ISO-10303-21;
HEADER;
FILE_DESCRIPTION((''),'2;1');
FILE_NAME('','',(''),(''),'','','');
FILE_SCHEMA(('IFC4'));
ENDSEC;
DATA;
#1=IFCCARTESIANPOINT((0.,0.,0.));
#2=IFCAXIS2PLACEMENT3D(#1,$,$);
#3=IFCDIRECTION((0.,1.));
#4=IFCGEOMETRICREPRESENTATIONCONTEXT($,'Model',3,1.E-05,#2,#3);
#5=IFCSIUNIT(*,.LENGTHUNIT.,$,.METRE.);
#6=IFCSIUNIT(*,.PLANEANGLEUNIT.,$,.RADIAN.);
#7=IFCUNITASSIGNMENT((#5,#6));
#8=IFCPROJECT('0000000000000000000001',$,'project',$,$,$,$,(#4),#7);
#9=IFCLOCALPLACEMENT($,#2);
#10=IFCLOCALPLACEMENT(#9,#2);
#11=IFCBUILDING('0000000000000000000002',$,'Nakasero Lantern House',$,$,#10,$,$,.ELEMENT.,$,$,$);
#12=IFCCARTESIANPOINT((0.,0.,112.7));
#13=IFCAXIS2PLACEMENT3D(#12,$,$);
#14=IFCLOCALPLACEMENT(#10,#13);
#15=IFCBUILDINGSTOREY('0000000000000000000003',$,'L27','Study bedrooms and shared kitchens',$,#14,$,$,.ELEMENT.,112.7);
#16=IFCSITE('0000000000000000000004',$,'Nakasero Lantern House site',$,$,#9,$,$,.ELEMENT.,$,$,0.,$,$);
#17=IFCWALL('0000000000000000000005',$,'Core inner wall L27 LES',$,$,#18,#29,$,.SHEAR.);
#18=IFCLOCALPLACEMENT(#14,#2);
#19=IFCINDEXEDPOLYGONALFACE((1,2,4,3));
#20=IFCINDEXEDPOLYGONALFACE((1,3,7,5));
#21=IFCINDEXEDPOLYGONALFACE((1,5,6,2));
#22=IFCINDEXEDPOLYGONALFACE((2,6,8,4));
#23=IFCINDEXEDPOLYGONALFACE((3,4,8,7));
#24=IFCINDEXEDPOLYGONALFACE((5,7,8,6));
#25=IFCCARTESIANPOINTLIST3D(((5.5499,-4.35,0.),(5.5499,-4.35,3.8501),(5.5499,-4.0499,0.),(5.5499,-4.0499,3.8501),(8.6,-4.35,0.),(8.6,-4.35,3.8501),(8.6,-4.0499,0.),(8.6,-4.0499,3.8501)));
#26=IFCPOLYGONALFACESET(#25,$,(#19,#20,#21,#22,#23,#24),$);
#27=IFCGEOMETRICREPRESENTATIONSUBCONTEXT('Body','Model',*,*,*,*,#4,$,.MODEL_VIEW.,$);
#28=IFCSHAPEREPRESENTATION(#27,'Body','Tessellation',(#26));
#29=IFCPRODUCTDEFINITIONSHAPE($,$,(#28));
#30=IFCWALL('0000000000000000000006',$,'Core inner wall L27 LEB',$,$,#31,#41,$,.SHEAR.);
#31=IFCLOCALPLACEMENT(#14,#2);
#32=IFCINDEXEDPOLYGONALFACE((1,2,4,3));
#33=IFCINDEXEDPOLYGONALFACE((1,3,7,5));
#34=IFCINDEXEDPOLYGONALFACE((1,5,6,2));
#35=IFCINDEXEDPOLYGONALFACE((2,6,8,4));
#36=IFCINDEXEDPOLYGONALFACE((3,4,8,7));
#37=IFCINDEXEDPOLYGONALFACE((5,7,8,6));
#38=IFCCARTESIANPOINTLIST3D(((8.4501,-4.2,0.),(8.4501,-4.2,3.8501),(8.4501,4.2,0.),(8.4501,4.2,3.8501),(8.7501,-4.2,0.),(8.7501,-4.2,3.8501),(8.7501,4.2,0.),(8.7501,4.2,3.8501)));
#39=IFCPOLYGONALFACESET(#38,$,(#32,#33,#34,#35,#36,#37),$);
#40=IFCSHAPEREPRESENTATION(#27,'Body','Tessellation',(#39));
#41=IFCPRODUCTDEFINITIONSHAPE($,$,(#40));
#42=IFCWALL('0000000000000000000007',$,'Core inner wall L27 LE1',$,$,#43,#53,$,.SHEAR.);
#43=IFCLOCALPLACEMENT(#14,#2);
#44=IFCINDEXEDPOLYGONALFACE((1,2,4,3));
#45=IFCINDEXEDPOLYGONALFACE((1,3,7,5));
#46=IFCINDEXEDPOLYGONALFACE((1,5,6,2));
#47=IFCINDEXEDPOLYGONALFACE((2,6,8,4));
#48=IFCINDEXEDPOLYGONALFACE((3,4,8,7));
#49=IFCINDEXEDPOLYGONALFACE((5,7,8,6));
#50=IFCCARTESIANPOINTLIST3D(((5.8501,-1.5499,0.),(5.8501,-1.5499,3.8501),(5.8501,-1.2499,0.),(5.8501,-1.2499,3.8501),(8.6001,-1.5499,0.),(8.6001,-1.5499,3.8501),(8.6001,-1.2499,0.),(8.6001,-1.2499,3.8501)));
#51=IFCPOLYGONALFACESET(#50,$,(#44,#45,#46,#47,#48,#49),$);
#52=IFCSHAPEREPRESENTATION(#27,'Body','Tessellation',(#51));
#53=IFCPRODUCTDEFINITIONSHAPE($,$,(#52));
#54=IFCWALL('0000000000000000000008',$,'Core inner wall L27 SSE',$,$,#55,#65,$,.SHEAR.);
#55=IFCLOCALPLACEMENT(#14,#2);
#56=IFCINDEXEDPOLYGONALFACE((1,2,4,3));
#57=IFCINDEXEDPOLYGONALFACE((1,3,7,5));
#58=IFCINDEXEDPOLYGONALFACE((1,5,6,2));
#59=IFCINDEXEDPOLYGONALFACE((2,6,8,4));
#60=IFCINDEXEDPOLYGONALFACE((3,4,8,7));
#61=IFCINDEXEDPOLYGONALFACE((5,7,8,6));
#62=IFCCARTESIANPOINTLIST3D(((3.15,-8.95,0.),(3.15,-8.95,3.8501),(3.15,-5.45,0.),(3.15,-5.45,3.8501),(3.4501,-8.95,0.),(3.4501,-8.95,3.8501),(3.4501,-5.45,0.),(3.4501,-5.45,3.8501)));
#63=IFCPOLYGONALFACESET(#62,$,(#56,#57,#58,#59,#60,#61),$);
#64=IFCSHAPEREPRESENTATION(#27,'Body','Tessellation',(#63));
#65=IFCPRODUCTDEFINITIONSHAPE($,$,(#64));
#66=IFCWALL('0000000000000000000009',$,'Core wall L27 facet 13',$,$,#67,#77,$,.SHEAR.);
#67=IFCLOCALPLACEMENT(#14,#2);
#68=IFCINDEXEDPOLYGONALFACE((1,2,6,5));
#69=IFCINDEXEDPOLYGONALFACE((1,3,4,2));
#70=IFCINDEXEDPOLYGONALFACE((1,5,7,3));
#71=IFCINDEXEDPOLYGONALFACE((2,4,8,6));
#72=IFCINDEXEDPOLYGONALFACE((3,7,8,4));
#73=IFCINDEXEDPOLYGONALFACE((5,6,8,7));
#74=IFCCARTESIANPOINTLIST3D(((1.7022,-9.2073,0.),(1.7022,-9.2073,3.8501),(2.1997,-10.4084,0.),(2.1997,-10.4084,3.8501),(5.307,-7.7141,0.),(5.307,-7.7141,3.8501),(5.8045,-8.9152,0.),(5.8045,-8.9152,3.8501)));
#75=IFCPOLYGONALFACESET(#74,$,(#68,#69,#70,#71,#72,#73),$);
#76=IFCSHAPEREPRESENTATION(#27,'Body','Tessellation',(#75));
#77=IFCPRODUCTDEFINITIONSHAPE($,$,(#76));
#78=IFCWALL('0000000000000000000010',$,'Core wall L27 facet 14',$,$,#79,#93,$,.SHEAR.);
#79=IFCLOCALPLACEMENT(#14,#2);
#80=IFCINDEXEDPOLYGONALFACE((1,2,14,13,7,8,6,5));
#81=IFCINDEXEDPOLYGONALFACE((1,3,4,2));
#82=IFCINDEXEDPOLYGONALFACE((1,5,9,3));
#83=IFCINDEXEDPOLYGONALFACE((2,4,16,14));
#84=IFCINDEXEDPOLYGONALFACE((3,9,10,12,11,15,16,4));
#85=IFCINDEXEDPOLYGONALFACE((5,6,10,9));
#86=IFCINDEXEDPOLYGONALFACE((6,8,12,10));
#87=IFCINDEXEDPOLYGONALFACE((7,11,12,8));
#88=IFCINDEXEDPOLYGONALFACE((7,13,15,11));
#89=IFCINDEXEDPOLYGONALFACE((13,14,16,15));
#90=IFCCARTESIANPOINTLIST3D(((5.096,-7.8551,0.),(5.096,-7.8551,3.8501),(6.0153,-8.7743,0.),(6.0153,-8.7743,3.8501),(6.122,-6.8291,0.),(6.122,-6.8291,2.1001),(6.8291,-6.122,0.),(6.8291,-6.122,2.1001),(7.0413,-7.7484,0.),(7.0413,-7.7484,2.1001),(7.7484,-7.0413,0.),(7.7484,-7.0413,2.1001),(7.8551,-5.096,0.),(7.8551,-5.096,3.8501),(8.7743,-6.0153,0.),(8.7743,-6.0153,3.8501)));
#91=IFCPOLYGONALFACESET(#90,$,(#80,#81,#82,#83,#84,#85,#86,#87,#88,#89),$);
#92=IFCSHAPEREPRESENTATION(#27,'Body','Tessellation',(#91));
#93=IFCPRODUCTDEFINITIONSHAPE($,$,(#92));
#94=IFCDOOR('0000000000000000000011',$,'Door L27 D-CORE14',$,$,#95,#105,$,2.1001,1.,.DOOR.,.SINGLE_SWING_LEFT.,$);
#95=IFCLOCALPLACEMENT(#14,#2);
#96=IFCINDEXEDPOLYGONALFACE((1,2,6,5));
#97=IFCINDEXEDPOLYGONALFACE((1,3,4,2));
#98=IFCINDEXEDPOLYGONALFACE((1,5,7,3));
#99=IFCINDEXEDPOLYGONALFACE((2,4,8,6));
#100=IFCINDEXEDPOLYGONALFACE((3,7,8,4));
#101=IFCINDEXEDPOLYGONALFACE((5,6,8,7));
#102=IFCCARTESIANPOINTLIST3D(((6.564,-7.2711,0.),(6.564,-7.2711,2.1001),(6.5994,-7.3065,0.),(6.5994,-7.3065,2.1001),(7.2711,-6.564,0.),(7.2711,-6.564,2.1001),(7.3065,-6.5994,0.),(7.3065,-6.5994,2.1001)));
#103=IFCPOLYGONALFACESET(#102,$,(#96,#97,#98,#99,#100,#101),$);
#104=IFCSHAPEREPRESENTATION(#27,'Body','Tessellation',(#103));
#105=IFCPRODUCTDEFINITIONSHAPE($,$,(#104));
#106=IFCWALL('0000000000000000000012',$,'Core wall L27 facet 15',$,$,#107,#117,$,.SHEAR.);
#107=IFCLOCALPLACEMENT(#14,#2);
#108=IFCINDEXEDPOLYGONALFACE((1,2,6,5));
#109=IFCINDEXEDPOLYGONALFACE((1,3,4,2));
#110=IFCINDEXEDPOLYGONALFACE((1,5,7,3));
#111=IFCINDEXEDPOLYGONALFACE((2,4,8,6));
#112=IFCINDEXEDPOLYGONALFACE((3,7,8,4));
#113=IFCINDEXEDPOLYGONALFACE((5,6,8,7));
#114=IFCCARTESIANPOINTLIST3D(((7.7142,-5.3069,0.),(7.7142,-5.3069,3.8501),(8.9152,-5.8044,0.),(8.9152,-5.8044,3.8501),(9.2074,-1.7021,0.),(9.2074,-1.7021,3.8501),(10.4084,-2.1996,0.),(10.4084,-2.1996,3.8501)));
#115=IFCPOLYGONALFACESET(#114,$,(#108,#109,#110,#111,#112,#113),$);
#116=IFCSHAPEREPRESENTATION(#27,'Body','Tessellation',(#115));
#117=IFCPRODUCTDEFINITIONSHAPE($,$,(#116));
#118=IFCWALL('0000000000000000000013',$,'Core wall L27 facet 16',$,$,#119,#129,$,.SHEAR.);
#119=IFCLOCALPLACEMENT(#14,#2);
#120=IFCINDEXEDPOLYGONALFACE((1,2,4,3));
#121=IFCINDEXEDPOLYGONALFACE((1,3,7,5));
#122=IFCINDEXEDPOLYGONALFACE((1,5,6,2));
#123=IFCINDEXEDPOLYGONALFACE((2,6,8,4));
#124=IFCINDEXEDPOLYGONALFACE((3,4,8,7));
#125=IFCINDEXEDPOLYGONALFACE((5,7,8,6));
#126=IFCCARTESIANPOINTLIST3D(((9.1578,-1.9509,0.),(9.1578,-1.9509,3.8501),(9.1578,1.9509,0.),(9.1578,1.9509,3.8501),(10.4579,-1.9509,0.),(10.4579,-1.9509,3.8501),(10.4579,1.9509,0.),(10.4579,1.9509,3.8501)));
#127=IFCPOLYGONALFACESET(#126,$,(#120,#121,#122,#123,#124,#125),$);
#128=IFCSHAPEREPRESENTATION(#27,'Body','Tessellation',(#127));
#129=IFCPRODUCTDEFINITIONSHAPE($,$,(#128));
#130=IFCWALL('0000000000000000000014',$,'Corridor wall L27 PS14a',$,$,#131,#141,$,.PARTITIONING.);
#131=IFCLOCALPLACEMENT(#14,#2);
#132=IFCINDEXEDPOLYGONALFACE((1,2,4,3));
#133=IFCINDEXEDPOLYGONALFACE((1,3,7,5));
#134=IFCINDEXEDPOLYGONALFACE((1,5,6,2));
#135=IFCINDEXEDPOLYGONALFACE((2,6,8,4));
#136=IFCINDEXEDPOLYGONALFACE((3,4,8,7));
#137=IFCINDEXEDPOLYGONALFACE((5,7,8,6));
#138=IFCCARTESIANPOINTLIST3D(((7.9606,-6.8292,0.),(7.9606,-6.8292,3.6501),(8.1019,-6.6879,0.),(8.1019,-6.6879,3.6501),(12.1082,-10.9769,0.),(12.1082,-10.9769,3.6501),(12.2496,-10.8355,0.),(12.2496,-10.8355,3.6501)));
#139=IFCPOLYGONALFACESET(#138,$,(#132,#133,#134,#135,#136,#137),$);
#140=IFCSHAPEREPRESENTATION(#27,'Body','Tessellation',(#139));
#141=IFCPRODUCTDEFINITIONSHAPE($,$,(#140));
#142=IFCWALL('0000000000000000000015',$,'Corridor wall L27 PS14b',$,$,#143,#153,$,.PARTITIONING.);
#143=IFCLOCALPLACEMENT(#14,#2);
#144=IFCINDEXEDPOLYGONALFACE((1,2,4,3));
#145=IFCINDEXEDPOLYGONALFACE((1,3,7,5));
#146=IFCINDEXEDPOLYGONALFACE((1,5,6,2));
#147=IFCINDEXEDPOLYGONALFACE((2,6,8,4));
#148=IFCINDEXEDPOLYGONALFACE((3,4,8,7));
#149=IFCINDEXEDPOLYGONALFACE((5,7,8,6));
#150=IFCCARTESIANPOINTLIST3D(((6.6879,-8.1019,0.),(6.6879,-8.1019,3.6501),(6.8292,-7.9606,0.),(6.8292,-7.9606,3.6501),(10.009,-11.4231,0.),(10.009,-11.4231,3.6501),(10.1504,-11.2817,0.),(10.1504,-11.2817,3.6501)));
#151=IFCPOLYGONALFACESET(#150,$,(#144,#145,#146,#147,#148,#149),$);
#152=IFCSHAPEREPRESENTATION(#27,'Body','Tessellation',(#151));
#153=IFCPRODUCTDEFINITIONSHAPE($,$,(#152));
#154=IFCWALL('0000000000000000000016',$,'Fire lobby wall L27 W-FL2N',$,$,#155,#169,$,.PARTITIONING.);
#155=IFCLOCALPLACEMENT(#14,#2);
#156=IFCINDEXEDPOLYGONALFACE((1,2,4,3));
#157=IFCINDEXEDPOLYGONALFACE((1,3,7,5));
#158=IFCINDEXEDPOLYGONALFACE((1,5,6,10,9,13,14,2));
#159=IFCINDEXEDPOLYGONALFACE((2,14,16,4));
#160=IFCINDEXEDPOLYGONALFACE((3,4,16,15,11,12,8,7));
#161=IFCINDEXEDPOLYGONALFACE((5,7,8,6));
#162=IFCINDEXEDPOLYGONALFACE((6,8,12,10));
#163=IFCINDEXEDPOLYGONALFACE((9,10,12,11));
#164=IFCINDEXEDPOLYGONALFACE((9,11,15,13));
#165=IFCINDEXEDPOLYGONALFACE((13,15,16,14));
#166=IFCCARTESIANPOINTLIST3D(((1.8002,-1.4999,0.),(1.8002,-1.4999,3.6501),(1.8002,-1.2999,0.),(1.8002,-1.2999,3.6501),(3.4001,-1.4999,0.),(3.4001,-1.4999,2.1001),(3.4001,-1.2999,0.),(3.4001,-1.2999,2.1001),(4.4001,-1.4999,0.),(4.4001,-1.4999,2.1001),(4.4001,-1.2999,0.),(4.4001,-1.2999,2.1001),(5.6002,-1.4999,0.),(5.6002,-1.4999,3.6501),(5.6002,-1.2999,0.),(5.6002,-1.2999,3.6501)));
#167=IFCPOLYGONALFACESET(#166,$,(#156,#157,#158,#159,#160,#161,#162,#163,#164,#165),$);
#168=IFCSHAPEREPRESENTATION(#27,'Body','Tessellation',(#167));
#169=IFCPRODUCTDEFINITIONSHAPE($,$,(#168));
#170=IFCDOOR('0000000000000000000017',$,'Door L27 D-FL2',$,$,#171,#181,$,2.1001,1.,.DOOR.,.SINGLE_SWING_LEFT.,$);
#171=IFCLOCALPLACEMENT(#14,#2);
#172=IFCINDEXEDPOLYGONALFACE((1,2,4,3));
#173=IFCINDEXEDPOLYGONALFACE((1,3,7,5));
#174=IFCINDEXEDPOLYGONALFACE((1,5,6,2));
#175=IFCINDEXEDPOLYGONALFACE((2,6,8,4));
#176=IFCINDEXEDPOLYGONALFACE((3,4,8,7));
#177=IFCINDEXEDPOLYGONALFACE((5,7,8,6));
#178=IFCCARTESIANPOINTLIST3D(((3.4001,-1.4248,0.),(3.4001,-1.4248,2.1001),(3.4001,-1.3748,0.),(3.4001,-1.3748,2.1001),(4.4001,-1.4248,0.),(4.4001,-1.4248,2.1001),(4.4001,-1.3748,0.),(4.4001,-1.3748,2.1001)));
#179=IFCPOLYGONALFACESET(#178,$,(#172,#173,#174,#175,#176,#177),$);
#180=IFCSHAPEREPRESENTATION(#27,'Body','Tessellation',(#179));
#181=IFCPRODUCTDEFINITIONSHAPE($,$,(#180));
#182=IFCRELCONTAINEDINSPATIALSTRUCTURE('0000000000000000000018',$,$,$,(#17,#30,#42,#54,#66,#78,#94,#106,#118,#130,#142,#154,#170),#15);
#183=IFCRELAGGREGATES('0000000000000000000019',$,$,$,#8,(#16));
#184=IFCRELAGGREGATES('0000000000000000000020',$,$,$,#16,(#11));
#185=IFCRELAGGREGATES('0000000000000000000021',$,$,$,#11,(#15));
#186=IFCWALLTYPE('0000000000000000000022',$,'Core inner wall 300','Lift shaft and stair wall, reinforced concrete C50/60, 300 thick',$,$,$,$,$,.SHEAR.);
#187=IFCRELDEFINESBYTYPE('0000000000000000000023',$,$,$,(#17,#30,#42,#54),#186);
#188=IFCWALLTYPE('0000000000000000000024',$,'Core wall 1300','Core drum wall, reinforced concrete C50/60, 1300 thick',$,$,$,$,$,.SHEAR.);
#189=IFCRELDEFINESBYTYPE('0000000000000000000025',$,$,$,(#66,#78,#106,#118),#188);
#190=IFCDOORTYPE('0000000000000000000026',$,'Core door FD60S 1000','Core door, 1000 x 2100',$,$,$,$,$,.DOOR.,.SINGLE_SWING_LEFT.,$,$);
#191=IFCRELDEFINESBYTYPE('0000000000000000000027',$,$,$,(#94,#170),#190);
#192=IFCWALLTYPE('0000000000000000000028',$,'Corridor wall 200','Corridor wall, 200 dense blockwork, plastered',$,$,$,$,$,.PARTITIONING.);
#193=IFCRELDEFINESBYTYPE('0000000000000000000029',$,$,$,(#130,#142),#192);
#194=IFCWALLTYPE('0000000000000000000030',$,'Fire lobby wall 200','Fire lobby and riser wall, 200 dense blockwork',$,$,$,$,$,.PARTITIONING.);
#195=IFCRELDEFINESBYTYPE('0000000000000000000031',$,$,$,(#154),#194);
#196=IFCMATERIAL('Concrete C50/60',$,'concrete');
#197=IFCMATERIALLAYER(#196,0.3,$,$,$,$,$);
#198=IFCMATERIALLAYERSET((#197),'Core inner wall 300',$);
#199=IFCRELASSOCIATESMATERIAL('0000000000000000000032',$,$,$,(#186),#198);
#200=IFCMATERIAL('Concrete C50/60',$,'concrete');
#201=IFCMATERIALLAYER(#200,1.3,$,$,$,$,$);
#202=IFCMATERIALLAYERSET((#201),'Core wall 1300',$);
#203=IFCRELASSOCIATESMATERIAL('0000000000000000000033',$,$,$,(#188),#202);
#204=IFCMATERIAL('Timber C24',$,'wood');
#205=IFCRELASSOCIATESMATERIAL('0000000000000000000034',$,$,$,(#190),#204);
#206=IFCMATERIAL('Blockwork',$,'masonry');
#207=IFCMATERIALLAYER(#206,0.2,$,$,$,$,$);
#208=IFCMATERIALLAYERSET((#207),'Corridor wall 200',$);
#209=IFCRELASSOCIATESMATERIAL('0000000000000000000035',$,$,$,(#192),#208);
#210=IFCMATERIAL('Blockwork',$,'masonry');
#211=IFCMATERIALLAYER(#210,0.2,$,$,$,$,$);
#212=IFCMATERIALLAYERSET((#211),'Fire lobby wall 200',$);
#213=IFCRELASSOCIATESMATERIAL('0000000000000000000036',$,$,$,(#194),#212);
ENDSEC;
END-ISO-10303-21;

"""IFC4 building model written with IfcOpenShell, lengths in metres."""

from ifc_helpers import new_model, si_unit, direction, frame, frame_2d, origin, place, context, subcontext, project, spatial, rectangle, extrude, material, layer, layer_set, type_object, element, fill, save


model = new_model("IFC4")

# Units and contexts
model_context = context("Model", 3, precision=1e-05, world=origin(), true_north=direction((0.0, 1.0)))
body_context = subcontext(model_context, "Body", "Model", "MODEL_VIEW")
ifc_project = project(units=[si_unit("LENGTHUNIT", "METRE"), si_unit("PLANEANGLEUNIT", "RADIAN")], contexts=[model_context])

# Site, building, storey
site_placement = place(None, origin())
site = spatial("IfcSite", under=ifc_project, at=site_placement, Name="Nakasero Lantern House site", CompositionType="ELEMENT", RefElevation=0.0)
building_placement = place(site_placement, origin())
building = spatial("IfcBuilding", under=site, at=building_placement, Name="Nakasero Lantern House", CompositionType="ELEMENT")
storey_placement = place(building_placement, frame((0.0, 0.0, 112.7)))
storey = spatial("IfcBuildingStorey", under=building, at=storey_placement, Name="L27", Description="Study bedrooms and shared kitchens", CompositionType="ELEMENT", Elevation=112.7)

# Shared definitions
ifc_material_1 = material(Name="Concrete C50/60", Category="concrete")
ifc_layer_1 = layer(ifc_material_1, 0.3)
ifc_layer_set_1 = layer_set([ifc_layer_1], Name="Core inner wall 300")
wall_type_1 = type_object("IfcWallType", Name="Core inner wall 300", Description="Lift shaft and stair wall, reinforced concrete C50/60, 300 thick", PredefinedType="SHEAR", material=ifc_layer_set_1)

# Walls
wall_1_placement = place(storey_placement, frame((5.55, -4.2, 0.0), z_axis=(0.0, 0.0, 1.0), x_axis=(1.0, 0.0, 0.0)))
element("IfcWall", 1, at=wall_1_placement, inside=storey, type_object=wall_type_1, Name="Core inner wall L27 LES", PredefinedType="SHEAR", context=body_context, shape_type="SweptSolid", body=[
    extrude(rectangle(XDim=3.05, YDim=0.3, at=frame_2d((1.5249, 0.0))), origin(), (0.0, 0.0, 1.0), 3.8501),
])
wall_2_placement = place(storey_placement, frame((8.6001, -4.2, 0.0), z_axis=(0.0, 0.0, 1.0), x_axis=(0.0, 1.0, 0.0)))
element("IfcWall", 2, at=wall_2_placement, inside=storey, type_object=wall_type_1, Name="Core inner wall L27 LEB", PredefinedType="SHEAR", context=body_context, shape_type="SweptSolid", body=[
    extrude(rectangle(XDim=8.3999, YDim=0.3, at=frame_2d((4.2, 0.0))), origin(), (0.0, 0.0, 1.0), 3.8501),
])
wall_3_placement = place(storey_placement, frame((5.8501, -1.3999, 0.0), z_axis=(0.0, 0.0, 1.0), x_axis=(1.0, 0.0, 0.0)))
element("IfcWall", 3, at=wall_3_placement, inside=storey, type_object=wall_type_1, Name="Core inner wall L27 LE1", PredefinedType="SHEAR", context=body_context, shape_type="SweptSolid", body=[
    extrude(rectangle(XDim=2.75, YDim=0.3, at=frame_2d((1.375, 0.0))), origin(), (0.0, 0.0, 1.0), 3.8501),
])
wall_4_placement = place(storey_placement, frame((3.3, -5.45, 0.0), z_axis=(0.0, 0.0, 1.0), x_axis=(0.0, -1.0, 0.0)))
element("IfcWall", 4, at=wall_4_placement, inside=storey, type_object=wall_type_1, Name="Core inner wall L27 SSE", PredefinedType="SHEAR", context=body_context, shape_type="SweptSolid", body=[
    extrude(rectangle(XDim=3.5, YDim=0.3, at=frame_2d((1.75, 0.0))), origin(), (0.0, 0.0, 1.0), 3.8501),
])
ifc_material_2 = material(Name="Concrete C50/60", Category="concrete")
ifc_layer_2 = layer(ifc_material_2, 1.3)
ifc_layer_set_2 = layer_set([ifc_layer_2], Name="Core wall 1300")
wall_type_2 = type_object("IfcWallType", Name="Core wall 1300", Description="Core drum wall, reinforced concrete C50/60, 1300 thick", PredefinedType="SHEAR", material=ifc_layer_set_2)
wall_5_placement = place(storey_placement, frame((1.9509, -9.8079, 0.0), z_axis=(0.0, 0.0, 1.0), x_axis=(0.923877, 0.382691, 0.0)))
element("IfcWall", 5, at=wall_5_placement, inside=storey, type_object=wall_type_2, Name="Core wall L27 facet 13", PredefinedType="SHEAR", context=body_context, shape_type="SweptSolid", body=[
    extrude(rectangle(XDim=3.9019, YDim=1.3, at=frame_2d((1.9509, 0.0))), origin(), (0.0, 0.0, 1.0), 3.8501),
])

# Wall, opening, door
wall_6_placement = place(storey_placement, frame((5.5557, -8.3147, 0.0), z_axis=(0.0, 0.0, 1.0), x_axis=(0.707107, 0.707107, 0.0)))
wall_6 = element("IfcWall", 6, at=wall_6_placement, inside=storey, type_object=wall_type_2, Name="Core wall L27 facet 14", PredefinedType="SHEAR", context=body_context, shape_type="SweptSolid", body=[
    extrude(rectangle(XDim=3.9019, YDim=1.3, at=frame_2d((1.9509, 0.0))), origin(), (0.0, 0.0, 1.0), 3.8501),
])
opening_1_placement = place(wall_6_placement, frame((1.4509, 0.0, 0.0)))
opening_1 = element("IfcOpeningElement", 7, at=opening_1_placement, cuts=wall_6, PredefinedType="OPENING", context=body_context, shape_type="SweptSolid", body=[
    extrude(rectangle(XDim=1.0, YDim=2.1001, at=frame_2d((0.5, 1.05))), frame((0.0, 0.6699, 0.0), z_axis=(0.0, -1.0, 0.0), x_axis=(1.0, 0.0, 0.0)), (0.0, 0.0, 1.0), 1.3401),
])
ifc_material_3 = material(Name="Timber C24", Category="wood")
door_type_1 = type_object("IfcDoorType", Name="Core door FD60S 1000", Description="Core door, 1000 x 2100", OperationType="SINGLE_SWING_LEFT", PredefinedType="DOOR", material=ifc_material_3)
door_1_placement = place(opening_1_placement, origin())
door_1 = element("IfcDoor", 8, at=door_1_placement, inside=storey, type_object=door_type_1, Name="Door L27 D-CORE14", OperationType="SINGLE_SWING_LEFT", OverallHeight=2.1001, OverallWidth=1.0, PredefinedType="DOOR", context=body_context, shape_type="SweptSolid", body=[
    extrude(rectangle(XDim=1.0, YDim=2.1001, at=frame_2d((0.5, 1.05))), frame((0.0, 0.0249, 0.0), z_axis=(0.0, -1.0, 0.0), x_axis=(1.0, 0.0, 0.0)), (0.0, 0.0, 1.0), 0.05),
])
fill(opening_1, door_1)

# Walls
for number, where, z_axis, x_axis, name in (
    (9, (8.3147, -5.5557, 0.0), (0.0, 0.0, 1.0), (0.382691, 0.923877, 0.0), "Core wall L27 facet 15"),
    (10, (9.8079, -1.9509, 0.0), (0.0, 0.0, 1.0), (0.0, 1.0, 0.0), "Core wall L27 facet 16"),
):
    element("IfcWall", number, at=place(storey_placement, frame(where, z_axis=z_axis, x_axis=x_axis)), inside=storey, type_object=wall_type_2, Name=name, PredefinedType="SHEAR", context=body_context, shape_type="SweptSolid", body=[
        extrude(rectangle(XDim=3.9019, YDim=1.3, at=frame_2d((1.9509, 0.0))), origin(), (0.0, 0.0, 1.0), 3.8501),
    ])
ifc_material_4 = material(Name="Blockwork", Category="masonry")
ifc_layer_3 = layer(ifc_material_4, 0.2)
ifc_layer_set_3 = layer_set([ifc_layer_3], Name="Corridor wall 200")
wall_type_3 = type_object("IfcWallType", Name="Corridor wall 200", Description="Corridor wall, 200 dense blockwork, plastered", PredefinedType="PARTITIONING", material=ifc_layer_set_3)
wall_7_placement = place(storey_placement, frame((8.0312, -6.7585, 0.0), z_axis=(0.0, 0.0, 1.0), x_axis=(0.707107, -0.707107, 0.0)))
element("IfcWall", 11, at=wall_7_placement, inside=storey, type_object=wall_type_3, Name="Corridor wall L27 PS14a", PredefinedType="PARTITIONING", context=body_context, shape_type="SweptSolid", body=[
    extrude(rectangle(XDim=5.8657, YDim=0.2, at=frame_2d((2.9329, 0.0))), origin(), (0.0, 0.0, 1.0), 3.6501),
])
wall_8_placement = place(storey_placement, frame((6.7585, -8.0312, 0.0), z_axis=(0.0, 0.0, 1.0), x_axis=(0.707107, -0.707107, 0.0)))
element("IfcWall", 12, at=wall_8_placement, inside=storey, type_object=wall_type_3, Name="Corridor wall L27 PS14b", PredefinedType="PARTITIONING", context=body_context, shape_type="SweptSolid", body=[
    extrude(rectangle(XDim=4.6968, YDim=0.2, at=frame_2d((2.3484, 0.0))), origin(), (0.0, 0.0, 1.0), 3.6501),
])

# Wall, opening, door
ifc_material_5 = material(Name="Blockwork", Category="masonry")
ifc_layer_4 = layer(ifc_material_5, 0.2)
ifc_layer_set_4 = layer_set([ifc_layer_4], Name="Fire lobby wall 200")
wall_type_4 = type_object("IfcWallType", Name="Fire lobby wall 200", Description="Fire lobby and riser wall, 200 dense blockwork", PredefinedType="PARTITIONING", material=ifc_layer_set_4)
wall_9_placement = place(storey_placement, frame((5.6001, -1.3999, 0.0), z_axis=(0.0, 0.0, 1.0), x_axis=(-1.0, 0.0, 0.0)))
wall_9 = element("IfcWall", 13, at=wall_9_placement, inside=storey, type_object=wall_type_4, Name="Fire lobby wall L27 W-FL2N", PredefinedType="PARTITIONING", context=body_context, shape_type="SweptSolid", body=[
    extrude(rectangle(XDim=3.8, YDim=0.2, at=frame_2d((1.8999, 0.0))), origin(), (0.0, 0.0, 1.0), 3.6501),
])
opening_2_placement = place(wall_9_placement, frame((1.2, 0.0, 0.0)))
opening_2 = element("IfcOpeningElement", 14, at=opening_2_placement, cuts=wall_9, PredefinedType="OPENING", context=body_context, shape_type="SweptSolid", body=[
    extrude(rectangle(XDim=1.0, YDim=2.1001, at=frame_2d((0.5, 1.05))), frame((0.0, 0.1199, 0.0), z_axis=(0.0, -1.0, 0.0), x_axis=(1.0, 0.0, 0.0)), (0.0, 0.0, 1.0), 0.24),
])
door_2_placement = place(opening_2_placement, origin())
door_2 = element("IfcDoor", 15, at=door_2_placement, inside=storey, type_object=door_type_1, Name="Door L27 D-FL2", OperationType="SINGLE_SWING_LEFT", OverallHeight=2.1001, OverallWidth=1.0, PredefinedType="DOOR", context=body_context, shape_type="SweptSolid", body=[
    extrude(rectangle(XDim=1.0, YDim=2.1001, at=frame_2d((0.5, 1.05))), frame((0.0, 0.0249, 0.0), z_axis=(0.0, -1.0, 0.0), x_axis=(1.0, 0.0, 0.0)), (0.0, 0.0, 1.0), 0.05),
])
fill(opening_2, door_2)

save(model, "model.ifc")
